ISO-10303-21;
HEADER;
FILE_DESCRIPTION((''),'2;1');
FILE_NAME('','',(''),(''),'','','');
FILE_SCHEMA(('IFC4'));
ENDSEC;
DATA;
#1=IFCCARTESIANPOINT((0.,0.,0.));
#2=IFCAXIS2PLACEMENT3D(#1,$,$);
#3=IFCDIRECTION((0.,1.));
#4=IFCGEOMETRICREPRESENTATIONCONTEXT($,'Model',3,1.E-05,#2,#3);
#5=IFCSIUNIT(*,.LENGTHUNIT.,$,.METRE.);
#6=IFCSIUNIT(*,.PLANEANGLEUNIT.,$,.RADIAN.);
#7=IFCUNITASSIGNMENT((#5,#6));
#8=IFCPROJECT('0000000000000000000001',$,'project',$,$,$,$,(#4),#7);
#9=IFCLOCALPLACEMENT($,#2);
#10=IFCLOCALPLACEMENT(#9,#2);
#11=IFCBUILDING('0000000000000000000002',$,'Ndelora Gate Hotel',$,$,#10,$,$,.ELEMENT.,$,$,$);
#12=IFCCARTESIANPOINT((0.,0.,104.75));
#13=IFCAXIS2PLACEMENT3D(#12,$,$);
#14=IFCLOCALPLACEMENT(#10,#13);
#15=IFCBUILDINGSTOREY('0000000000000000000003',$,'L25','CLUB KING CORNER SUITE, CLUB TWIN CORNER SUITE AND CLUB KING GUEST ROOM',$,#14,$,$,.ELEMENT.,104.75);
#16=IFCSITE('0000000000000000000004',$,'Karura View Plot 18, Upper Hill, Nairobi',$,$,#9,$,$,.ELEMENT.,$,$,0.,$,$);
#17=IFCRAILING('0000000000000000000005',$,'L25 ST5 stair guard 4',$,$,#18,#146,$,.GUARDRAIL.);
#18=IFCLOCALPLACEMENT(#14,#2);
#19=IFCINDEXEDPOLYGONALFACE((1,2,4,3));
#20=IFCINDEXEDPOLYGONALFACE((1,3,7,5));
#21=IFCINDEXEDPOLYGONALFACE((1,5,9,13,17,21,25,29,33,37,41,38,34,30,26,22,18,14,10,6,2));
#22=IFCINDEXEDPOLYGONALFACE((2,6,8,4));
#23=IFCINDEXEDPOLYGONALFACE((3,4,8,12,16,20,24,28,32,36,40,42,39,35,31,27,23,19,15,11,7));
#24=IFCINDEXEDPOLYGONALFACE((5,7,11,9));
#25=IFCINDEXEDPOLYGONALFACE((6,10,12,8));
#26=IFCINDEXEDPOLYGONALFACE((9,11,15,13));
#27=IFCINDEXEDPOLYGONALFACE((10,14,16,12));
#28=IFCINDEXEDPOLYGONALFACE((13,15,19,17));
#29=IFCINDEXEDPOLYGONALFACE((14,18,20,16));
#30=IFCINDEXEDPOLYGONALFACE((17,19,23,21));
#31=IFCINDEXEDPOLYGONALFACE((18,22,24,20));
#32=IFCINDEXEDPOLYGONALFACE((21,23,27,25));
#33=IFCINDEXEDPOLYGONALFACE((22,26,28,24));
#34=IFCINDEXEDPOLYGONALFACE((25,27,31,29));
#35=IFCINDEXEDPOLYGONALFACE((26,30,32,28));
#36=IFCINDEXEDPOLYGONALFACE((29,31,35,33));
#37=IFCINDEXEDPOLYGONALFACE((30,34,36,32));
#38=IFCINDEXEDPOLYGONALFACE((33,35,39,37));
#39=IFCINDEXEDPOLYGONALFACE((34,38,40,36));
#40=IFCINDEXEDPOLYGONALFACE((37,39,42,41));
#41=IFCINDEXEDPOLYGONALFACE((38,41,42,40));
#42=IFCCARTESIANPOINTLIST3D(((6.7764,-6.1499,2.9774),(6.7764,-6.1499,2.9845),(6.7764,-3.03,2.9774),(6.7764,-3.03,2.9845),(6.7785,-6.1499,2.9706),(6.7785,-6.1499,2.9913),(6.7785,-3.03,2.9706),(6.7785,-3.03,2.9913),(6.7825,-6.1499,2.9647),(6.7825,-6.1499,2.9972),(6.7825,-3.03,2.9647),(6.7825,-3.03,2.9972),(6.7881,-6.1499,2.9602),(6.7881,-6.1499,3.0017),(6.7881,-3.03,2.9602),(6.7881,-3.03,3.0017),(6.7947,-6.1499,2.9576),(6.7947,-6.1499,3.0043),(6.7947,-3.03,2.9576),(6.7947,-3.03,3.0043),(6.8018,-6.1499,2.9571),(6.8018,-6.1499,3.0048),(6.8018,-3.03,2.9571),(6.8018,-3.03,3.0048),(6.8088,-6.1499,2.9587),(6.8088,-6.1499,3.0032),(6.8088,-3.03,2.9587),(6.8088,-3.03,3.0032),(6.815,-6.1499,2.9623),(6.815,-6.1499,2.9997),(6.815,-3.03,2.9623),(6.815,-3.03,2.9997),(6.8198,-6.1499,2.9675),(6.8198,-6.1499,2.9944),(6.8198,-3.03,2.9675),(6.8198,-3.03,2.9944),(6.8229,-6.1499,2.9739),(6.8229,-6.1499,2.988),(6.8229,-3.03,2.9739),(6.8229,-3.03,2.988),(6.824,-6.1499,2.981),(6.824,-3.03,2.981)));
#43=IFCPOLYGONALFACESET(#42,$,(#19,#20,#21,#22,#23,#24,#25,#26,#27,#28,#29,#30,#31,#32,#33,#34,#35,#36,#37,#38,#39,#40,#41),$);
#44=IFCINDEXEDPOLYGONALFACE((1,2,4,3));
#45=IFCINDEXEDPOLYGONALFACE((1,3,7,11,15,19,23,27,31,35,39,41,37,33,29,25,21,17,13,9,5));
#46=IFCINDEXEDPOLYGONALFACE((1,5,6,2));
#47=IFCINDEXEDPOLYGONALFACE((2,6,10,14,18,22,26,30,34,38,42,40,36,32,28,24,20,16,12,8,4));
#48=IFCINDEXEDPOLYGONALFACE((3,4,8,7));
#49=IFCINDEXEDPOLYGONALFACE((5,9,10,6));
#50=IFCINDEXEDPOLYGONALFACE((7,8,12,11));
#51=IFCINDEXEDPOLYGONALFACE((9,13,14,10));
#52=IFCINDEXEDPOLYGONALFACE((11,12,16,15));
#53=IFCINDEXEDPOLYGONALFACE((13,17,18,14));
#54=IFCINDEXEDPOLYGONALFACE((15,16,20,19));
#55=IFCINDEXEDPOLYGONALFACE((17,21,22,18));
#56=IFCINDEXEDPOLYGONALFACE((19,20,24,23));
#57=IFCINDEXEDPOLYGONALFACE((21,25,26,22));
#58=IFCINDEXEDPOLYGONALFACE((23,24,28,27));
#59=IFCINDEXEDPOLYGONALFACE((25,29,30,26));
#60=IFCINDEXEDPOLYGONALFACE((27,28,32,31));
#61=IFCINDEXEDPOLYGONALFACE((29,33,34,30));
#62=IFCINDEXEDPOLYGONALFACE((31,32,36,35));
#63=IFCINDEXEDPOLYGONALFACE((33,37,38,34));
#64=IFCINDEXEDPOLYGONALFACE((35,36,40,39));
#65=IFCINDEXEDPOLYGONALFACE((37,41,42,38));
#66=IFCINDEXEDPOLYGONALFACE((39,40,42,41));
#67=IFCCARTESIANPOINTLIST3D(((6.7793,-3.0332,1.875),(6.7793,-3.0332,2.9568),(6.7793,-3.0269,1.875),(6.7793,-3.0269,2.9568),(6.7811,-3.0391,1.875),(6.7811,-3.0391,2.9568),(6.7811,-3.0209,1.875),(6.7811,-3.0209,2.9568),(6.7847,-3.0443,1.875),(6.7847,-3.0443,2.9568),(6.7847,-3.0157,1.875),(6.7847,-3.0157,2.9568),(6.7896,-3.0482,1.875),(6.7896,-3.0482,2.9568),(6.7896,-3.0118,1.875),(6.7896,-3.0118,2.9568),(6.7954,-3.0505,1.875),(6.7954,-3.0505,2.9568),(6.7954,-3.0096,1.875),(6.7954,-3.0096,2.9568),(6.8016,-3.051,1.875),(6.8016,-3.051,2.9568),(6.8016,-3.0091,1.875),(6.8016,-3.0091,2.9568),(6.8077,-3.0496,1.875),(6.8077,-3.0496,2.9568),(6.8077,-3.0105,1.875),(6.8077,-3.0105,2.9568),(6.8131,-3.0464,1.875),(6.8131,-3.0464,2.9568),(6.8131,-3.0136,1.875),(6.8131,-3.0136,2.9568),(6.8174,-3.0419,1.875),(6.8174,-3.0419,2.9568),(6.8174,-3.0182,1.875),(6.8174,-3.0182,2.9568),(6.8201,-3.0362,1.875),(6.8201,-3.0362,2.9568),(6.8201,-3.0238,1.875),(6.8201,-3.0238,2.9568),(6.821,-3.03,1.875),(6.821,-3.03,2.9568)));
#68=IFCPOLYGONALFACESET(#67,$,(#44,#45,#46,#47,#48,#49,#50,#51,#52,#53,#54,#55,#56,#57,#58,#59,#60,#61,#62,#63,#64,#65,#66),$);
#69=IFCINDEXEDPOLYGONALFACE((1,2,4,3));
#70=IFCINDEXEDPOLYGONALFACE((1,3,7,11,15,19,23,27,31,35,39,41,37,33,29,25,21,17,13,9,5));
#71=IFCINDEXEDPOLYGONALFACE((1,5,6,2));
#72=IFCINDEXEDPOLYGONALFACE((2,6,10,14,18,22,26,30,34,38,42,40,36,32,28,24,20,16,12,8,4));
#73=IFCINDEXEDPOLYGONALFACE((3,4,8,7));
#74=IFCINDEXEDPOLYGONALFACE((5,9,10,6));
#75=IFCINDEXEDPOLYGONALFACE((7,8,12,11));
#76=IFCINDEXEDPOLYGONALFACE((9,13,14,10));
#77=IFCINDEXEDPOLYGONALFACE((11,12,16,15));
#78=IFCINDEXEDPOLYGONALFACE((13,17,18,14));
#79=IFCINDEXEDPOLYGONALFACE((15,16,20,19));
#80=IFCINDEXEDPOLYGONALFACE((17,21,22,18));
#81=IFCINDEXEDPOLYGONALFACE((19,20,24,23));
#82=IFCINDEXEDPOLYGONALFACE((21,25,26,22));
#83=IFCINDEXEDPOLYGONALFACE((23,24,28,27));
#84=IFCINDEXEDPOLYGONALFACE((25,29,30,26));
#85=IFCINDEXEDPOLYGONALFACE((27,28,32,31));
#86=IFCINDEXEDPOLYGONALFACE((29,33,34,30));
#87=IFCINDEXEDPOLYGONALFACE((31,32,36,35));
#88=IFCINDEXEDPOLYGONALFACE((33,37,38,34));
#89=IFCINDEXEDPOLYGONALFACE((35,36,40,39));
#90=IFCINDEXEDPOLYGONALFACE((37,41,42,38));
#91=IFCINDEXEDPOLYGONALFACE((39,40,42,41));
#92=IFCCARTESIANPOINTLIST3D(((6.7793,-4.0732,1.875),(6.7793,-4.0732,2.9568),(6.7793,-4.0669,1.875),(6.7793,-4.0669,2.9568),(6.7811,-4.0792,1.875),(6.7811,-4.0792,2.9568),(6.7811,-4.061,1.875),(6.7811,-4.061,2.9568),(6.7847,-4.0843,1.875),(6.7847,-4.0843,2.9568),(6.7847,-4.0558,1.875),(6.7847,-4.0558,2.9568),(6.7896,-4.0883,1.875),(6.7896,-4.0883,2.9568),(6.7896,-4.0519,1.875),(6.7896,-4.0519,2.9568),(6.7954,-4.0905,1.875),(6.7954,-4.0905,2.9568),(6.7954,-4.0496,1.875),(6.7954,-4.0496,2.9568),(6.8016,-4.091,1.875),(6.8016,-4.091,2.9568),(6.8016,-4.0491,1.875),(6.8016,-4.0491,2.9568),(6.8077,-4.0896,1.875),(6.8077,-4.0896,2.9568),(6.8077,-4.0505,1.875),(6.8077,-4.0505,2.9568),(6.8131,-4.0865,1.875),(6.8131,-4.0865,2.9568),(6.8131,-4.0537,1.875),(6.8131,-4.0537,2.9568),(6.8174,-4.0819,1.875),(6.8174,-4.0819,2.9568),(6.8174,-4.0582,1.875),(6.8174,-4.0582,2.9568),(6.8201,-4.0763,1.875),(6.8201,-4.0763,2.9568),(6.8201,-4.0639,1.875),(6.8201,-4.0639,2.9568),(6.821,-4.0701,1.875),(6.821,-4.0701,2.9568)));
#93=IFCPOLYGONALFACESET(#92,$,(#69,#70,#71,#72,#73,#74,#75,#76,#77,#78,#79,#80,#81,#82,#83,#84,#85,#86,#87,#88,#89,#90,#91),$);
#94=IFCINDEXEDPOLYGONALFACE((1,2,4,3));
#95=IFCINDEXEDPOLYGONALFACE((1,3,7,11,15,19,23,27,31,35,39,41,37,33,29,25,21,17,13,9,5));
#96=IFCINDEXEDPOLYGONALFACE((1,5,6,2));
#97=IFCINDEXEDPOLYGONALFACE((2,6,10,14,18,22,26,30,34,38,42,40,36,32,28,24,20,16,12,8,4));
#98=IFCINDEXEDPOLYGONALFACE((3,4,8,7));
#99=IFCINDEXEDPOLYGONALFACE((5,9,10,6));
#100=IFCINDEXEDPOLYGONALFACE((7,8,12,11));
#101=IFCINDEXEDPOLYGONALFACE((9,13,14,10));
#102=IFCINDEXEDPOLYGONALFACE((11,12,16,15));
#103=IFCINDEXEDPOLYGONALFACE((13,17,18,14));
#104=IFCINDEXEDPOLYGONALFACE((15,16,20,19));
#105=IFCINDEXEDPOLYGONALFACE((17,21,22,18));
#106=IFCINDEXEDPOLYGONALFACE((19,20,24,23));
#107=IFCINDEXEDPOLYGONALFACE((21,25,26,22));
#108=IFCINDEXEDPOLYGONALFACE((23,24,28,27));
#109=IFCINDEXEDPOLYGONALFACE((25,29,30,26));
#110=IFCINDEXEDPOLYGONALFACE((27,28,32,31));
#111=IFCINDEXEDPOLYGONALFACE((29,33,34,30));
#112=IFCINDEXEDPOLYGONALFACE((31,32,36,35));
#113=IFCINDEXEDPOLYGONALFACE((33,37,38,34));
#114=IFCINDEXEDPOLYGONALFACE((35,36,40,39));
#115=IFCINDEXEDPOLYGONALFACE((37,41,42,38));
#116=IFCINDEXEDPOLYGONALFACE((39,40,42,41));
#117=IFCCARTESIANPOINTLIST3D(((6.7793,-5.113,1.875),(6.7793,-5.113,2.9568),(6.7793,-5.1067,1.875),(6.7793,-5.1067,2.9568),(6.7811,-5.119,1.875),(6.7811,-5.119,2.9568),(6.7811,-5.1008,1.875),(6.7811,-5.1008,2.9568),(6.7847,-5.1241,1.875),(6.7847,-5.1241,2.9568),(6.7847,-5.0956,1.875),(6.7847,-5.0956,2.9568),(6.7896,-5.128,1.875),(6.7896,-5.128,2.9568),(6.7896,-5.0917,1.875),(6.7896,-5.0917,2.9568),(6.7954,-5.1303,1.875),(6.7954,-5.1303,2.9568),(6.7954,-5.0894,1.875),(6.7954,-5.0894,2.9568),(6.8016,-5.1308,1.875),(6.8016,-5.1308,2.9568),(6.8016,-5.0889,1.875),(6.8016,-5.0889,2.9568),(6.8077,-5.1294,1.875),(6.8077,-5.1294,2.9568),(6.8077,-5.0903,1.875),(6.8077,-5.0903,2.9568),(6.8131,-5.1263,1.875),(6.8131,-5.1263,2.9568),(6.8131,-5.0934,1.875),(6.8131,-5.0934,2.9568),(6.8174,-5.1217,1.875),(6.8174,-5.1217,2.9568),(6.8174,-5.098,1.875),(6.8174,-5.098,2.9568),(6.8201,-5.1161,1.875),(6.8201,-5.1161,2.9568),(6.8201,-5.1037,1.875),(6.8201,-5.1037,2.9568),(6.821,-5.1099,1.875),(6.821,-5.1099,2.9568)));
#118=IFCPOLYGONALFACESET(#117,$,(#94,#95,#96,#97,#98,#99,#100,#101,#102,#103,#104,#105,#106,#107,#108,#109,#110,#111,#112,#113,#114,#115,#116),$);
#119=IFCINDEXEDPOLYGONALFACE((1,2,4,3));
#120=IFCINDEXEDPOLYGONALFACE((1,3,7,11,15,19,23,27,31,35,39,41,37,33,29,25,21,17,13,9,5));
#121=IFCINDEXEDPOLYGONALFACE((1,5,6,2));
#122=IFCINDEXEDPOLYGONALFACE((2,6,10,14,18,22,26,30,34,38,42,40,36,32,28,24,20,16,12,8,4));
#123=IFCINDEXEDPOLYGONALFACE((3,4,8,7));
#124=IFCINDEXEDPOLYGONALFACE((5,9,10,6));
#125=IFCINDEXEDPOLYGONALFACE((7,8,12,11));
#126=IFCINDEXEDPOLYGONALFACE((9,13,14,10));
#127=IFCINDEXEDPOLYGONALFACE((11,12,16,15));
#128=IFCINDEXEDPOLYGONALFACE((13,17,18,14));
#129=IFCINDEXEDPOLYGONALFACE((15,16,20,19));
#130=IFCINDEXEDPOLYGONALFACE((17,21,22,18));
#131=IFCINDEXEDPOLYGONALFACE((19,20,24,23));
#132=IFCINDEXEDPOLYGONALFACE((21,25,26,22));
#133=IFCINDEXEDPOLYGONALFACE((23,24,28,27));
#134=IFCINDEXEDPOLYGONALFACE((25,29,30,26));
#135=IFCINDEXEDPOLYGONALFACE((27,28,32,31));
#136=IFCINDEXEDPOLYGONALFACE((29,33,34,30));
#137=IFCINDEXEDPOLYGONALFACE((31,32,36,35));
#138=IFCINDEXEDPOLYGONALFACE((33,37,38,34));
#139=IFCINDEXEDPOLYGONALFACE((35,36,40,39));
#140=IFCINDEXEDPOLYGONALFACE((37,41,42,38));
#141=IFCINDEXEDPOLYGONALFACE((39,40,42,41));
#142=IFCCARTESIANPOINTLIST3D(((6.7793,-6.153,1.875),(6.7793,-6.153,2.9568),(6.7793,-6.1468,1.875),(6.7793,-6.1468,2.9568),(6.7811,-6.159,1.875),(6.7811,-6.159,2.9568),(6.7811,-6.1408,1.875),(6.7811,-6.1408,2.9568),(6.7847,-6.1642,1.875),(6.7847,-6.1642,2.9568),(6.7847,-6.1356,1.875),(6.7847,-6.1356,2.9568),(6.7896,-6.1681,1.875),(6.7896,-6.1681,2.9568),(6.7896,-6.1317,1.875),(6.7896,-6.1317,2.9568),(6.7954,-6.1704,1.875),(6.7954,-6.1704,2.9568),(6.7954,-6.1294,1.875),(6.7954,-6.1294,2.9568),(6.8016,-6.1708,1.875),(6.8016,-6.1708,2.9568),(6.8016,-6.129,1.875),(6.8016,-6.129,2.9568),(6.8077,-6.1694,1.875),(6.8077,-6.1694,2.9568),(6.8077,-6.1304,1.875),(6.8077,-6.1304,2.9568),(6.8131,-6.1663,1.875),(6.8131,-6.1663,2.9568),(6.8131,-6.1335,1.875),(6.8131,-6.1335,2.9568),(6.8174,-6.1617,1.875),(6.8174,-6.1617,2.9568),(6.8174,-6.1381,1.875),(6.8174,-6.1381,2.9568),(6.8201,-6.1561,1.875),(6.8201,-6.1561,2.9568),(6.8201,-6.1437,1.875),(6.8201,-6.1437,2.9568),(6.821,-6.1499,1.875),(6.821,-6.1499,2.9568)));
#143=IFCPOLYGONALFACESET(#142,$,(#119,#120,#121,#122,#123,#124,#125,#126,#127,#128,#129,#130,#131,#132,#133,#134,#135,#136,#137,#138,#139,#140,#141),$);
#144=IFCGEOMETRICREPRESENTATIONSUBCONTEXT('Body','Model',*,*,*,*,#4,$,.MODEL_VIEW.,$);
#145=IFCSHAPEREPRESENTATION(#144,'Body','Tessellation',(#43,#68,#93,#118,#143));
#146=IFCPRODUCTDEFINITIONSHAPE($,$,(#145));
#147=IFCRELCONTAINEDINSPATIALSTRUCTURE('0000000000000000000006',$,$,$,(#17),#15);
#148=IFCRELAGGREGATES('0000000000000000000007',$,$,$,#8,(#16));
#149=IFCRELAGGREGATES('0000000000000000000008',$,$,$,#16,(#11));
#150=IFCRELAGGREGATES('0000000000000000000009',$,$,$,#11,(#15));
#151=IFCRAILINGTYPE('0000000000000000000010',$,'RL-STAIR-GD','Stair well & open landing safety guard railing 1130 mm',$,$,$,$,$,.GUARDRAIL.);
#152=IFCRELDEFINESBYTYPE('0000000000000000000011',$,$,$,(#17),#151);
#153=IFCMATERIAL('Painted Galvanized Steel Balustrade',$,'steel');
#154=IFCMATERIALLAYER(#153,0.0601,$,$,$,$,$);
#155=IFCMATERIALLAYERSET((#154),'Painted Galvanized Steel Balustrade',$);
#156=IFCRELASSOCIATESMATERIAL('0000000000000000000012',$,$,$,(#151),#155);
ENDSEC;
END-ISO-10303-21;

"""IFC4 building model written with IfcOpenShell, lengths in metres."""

from ifc_helpers import new_model, si_unit, direction, frame, origin, origin_2d, place, context, subcontext, project, spatial, circle, extrude, material, layer, layer_set, type_object, element, save


model = new_model("IFC4")

# Units and contexts
model_context = context("Model", 3, precision=1e-05, world=origin(), true_north=direction((0.0, 1.0)))
body_context = subcontext(model_context, "Body", "Model", "MODEL_VIEW")
ifc_project = project(units=[si_unit("LENGTHUNIT", "METRE"), si_unit("PLANEANGLEUNIT", "RADIAN")], contexts=[model_context])

# Site, building, storey
site_placement = place(None, origin())
site = spatial("IfcSite", under=ifc_project, at=site_placement, Name="Karura View Plot 18, Upper Hill, Nairobi", CompositionType="ELEMENT", RefElevation=0.0)
building_placement = place(site_placement, origin())
building = spatial("IfcBuilding", under=site, at=building_placement, Name="Ndelora Gate Hotel", CompositionType="ELEMENT")
storey_placement = place(building_placement, frame((0.0, 0.0, 104.75)))
storey = spatial("IfcBuildingStorey", under=building, at=storey_placement, Name="L25", Description="CLUB KING CORNER SUITE, CLUB TWIN CORNER SUITE AND CLUB KING GUEST ROOM", CompositionType="ELEMENT", Elevation=104.75)

# Railing
ifc_material_1 = material(Name="Painted Galvanized Steel Balustrade", Category="steel")
ifc_layer_1 = layer(ifc_material_1, 0.0601)
ifc_layer_set_1 = layer_set([ifc_layer_1], Name="Painted Galvanized Steel Balustrade")
railing_type_1 = type_object("IfcRailingType", Name="RL-STAIR-GD", Description="Stair well & open landing safety guard railing 1130 mm", PredefinedType="GUARDRAIL", material=ifc_layer_set_1)
for number, where, name in (
    (1, (6.8, -3.03, 1.875), "L25 ST5 stair guard 4"),
):
    element("IfcRailing", number, at=place(storey_placement, frame(where)), inside=storey, type_object=railing_type_1, Name=name, PredefinedType="GUARDRAIL", context=body_context, shape_type="SweptSolid", body=[
        extrude(circle(Radius=0.0239, at=origin_2d()), frame((0.0, 0.0, 1.106), z_axis=(0.0, -1.0, 0.0), x_axis=(1.0, 0.0, 0.0)), (0.0, 0.0, 1.0), 3.1199),
        extrude(circle(Radius=0.021, at=origin_2d()), origin(), (0.0, 0.0, 1.0), 1.0818),
        extrude(circle(Radius=0.021, at=origin_2d()), frame((0.0, -1.04, 0.0)), (0.0, 0.0, 1.0), 1.0818),
        extrude(circle(Radius=0.021, at=origin_2d()), frame((0.0, -2.0798, 0.0)), (0.0, 0.0, 1.0), 1.0818),
        extrude(circle(Radius=0.021, at=origin_2d()), frame((0.0, -3.1199, 0.0)), (0.0, 0.0, 1.0), 1.0818),
    ])

save(model, "model.ifc")
